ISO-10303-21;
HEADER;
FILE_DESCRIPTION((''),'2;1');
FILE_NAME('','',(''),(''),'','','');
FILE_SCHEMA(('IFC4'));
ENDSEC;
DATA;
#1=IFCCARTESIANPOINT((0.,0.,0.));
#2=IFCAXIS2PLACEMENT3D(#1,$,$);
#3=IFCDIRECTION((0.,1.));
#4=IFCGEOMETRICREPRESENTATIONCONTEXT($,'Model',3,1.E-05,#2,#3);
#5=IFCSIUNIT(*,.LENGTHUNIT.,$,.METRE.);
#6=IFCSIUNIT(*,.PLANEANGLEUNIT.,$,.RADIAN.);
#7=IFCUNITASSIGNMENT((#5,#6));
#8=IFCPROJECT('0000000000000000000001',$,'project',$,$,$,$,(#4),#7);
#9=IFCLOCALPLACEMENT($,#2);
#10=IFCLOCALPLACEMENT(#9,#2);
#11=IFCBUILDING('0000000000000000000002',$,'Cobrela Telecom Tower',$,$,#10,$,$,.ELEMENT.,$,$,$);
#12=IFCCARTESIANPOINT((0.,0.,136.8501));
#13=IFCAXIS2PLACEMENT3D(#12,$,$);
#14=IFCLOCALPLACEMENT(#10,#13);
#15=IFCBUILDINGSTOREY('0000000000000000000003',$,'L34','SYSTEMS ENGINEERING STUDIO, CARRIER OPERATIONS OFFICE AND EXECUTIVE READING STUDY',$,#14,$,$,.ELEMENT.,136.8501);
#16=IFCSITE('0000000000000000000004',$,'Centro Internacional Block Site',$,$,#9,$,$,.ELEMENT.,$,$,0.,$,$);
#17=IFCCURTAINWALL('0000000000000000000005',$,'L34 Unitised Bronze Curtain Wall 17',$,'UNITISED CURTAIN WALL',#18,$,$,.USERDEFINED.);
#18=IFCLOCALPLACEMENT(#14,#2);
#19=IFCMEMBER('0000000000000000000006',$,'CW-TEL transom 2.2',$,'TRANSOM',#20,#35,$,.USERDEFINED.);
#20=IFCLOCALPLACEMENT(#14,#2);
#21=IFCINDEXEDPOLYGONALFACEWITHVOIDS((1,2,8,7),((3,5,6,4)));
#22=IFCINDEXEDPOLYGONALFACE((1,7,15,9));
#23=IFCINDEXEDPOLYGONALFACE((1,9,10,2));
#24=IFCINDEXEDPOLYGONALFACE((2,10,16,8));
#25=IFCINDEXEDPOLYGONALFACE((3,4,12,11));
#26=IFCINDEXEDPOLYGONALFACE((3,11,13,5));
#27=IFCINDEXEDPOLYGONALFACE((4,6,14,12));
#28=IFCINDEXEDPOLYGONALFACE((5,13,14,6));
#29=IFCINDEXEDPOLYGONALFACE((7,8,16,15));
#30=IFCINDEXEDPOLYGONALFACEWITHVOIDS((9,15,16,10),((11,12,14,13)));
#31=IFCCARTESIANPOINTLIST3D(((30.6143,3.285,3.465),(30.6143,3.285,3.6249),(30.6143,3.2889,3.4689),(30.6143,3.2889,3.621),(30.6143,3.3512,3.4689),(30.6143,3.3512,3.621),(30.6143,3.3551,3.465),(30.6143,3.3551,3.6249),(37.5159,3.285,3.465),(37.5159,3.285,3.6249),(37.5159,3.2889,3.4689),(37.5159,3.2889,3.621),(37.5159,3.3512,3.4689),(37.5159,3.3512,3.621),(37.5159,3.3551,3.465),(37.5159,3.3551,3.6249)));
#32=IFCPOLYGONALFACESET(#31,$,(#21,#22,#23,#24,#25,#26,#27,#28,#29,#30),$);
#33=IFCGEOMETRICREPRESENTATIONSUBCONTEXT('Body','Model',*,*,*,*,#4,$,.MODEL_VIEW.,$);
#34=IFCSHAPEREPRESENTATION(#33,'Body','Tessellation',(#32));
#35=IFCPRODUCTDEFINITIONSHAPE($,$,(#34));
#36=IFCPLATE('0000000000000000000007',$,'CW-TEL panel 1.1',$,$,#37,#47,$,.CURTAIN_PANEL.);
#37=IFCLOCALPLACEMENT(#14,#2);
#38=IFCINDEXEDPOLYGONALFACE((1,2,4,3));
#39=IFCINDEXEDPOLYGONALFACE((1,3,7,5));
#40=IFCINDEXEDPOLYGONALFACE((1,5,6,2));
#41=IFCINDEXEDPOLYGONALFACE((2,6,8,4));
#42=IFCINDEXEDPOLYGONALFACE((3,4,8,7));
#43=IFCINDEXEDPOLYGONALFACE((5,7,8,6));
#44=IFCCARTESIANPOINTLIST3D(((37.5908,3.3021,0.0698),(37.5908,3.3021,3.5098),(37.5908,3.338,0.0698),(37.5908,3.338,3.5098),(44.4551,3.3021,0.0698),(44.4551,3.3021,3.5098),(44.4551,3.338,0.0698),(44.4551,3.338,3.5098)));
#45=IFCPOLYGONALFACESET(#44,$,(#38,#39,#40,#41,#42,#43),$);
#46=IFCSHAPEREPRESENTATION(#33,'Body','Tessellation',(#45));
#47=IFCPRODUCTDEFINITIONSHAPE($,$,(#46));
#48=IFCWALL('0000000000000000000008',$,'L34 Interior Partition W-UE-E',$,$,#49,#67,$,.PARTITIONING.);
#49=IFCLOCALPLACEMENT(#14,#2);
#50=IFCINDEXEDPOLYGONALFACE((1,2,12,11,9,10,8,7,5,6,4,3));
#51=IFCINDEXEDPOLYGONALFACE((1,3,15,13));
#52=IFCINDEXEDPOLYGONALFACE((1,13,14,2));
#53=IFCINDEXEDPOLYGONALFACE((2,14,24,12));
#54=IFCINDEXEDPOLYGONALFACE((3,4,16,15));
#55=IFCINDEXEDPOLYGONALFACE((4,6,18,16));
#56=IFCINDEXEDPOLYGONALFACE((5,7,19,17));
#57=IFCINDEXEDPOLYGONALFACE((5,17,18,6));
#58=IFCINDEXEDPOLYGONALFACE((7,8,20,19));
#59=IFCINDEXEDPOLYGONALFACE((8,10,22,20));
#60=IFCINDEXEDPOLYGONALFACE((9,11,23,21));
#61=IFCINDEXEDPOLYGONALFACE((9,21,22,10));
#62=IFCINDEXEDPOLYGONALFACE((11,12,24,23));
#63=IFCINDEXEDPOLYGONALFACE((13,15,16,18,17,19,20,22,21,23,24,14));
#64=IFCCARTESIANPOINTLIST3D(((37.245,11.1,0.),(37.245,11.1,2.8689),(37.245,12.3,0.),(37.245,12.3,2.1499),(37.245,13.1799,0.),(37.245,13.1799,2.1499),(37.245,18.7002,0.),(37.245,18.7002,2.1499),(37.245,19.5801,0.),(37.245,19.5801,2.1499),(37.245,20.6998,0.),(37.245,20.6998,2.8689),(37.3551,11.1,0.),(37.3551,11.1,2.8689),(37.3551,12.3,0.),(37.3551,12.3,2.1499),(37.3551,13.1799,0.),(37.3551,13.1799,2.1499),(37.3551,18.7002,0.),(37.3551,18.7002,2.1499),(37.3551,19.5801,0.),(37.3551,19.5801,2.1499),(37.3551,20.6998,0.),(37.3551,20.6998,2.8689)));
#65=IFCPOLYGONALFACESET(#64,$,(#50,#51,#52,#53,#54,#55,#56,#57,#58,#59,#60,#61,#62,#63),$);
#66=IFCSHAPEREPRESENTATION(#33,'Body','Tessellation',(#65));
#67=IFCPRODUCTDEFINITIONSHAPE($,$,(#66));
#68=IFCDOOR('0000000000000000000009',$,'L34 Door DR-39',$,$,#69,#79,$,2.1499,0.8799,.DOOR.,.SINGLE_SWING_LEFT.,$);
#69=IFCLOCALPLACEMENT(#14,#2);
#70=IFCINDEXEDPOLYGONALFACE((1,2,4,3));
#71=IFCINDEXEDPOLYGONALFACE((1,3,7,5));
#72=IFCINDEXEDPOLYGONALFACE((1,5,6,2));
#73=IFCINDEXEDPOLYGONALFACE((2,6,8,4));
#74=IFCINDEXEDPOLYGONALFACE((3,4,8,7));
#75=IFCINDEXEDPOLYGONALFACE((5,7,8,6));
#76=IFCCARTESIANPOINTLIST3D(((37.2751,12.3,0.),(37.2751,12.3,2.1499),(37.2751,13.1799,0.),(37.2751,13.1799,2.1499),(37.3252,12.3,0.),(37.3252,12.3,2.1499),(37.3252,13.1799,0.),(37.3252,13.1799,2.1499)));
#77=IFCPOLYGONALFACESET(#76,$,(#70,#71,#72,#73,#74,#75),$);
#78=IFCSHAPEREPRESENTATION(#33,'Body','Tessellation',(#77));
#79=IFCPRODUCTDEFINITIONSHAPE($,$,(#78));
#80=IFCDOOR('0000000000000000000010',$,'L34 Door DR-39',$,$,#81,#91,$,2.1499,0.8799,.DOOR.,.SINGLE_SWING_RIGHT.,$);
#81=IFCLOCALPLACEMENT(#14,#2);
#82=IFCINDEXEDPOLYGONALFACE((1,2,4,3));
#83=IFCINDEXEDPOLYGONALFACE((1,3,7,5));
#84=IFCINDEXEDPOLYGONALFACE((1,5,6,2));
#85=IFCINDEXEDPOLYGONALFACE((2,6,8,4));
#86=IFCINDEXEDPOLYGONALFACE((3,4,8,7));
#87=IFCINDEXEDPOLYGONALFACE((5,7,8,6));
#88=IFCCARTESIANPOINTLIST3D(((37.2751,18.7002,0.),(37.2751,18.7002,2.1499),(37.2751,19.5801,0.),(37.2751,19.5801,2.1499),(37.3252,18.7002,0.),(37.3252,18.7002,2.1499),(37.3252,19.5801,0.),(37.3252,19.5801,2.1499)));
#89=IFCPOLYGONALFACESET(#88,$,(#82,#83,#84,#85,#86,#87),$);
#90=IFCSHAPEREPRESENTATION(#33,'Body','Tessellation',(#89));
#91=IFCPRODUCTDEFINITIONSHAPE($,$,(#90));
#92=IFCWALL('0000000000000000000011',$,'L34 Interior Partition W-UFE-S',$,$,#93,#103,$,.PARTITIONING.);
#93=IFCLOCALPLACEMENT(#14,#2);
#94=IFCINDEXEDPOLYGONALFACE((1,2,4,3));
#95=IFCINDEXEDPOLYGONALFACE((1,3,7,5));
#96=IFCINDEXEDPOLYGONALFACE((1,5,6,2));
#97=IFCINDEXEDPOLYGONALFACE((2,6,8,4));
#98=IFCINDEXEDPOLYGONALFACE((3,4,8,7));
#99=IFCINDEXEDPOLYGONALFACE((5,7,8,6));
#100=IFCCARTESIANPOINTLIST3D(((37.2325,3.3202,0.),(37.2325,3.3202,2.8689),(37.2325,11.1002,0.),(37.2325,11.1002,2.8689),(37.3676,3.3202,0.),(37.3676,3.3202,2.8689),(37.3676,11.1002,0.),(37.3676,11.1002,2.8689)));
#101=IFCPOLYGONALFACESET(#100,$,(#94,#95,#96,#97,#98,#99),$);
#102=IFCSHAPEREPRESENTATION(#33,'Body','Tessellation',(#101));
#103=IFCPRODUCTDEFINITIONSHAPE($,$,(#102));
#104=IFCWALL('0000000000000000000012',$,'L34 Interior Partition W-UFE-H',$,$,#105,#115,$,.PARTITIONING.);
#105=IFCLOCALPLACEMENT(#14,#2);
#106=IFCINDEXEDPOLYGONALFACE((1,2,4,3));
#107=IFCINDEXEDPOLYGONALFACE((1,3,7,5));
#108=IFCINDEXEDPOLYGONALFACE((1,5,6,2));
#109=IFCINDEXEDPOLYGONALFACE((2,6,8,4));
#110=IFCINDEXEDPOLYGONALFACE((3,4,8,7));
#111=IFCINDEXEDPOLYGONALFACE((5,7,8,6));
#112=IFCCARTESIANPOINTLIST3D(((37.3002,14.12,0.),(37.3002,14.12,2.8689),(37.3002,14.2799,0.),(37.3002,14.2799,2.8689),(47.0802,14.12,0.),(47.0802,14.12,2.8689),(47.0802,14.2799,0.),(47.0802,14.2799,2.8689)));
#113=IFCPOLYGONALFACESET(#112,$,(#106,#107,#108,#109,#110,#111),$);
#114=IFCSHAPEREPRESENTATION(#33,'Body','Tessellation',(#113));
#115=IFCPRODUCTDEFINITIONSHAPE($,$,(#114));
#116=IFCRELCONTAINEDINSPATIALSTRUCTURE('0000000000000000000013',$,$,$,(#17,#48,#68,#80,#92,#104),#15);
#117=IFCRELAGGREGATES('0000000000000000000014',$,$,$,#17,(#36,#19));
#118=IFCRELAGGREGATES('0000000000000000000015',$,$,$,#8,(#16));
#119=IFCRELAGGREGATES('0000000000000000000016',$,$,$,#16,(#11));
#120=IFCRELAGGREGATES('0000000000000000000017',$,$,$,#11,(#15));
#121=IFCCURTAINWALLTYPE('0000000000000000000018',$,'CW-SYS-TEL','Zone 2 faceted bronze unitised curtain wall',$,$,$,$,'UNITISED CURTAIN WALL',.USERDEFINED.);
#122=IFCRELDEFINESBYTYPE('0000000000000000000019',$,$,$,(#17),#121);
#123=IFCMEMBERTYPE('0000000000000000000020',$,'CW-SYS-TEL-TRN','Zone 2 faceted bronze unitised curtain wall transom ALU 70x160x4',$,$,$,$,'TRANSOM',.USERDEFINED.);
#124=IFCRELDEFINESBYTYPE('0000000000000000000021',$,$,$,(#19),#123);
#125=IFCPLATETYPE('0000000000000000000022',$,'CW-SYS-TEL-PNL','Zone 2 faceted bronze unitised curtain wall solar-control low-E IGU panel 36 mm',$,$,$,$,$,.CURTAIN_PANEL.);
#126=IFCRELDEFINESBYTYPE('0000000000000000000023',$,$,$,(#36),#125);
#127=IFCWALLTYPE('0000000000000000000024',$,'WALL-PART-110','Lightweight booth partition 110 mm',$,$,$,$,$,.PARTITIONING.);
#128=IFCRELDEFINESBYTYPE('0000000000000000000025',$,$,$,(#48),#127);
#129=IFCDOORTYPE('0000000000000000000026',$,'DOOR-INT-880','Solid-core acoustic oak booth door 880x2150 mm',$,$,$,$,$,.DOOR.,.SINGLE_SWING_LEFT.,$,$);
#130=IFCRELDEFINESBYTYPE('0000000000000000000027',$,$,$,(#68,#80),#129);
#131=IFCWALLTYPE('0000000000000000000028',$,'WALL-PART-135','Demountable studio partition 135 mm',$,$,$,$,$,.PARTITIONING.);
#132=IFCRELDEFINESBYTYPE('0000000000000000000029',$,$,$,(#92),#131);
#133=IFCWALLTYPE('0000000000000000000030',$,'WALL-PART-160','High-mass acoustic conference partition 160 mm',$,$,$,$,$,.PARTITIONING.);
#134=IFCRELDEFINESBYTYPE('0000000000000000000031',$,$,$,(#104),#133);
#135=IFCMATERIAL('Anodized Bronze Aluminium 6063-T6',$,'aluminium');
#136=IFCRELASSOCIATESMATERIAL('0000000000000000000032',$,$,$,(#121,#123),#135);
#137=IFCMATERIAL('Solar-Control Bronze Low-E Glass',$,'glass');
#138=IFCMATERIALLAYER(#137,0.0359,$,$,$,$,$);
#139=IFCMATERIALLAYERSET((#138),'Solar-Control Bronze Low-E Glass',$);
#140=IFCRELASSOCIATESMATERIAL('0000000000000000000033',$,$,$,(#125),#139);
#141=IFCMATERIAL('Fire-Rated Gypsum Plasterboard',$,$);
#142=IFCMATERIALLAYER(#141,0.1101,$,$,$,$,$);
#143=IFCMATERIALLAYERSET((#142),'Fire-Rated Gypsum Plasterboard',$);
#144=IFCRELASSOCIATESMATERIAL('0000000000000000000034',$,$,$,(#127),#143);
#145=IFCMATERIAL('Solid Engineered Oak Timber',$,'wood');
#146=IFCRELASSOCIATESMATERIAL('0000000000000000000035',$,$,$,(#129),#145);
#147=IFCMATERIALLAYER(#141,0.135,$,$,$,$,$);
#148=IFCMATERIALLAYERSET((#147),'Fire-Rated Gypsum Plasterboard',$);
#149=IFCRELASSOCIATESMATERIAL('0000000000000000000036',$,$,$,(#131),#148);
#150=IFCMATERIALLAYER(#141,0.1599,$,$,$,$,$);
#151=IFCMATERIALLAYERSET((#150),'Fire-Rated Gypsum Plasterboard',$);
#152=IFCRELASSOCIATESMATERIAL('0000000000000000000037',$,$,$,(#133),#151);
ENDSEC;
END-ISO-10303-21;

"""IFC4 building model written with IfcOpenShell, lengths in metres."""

from ifc_helpers import new_model, si_unit, direction, frame, frame_2d, origin, origin_2d, place, context, subcontext, project, spatial, rectangle, hollow_rectangle, extrude, material, layer, layer_set, material_profile, profile_set, type_object, element, fill, aggregate, save


model = new_model("IFC4")

# Units and contexts
model_context = context("Model", 3, precision=1e-05, world=origin(), true_north=direction((0.0, 1.0)))
body_context = subcontext(model_context, "Body", "Model", "MODEL_VIEW")
ifc_project = project(units=[si_unit("LENGTHUNIT", "METRE"), si_unit("PLANEANGLEUNIT", "RADIAN")], contexts=[model_context])

# Site, building, storey
site_placement = place(None, origin())
site = spatial("IfcSite", under=ifc_project, at=site_placement, Name="Centro Internacional Block Site", CompositionType="ELEMENT", RefElevation=0.0)
building_placement = place(site_placement, origin())
building = spatial("IfcBuilding", under=site, at=building_placement, Name="Cobrela Telecom Tower", CompositionType="ELEMENT")
storey_placement = place(building_placement, frame((0.0, 0.0, 136.8501)))
storey = spatial("IfcBuildingStorey", under=building, at=storey_placement, Name="L34", Description="SYSTEMS ENGINEERING STUDIO, CARRIER OPERATIONS OFFICE AND EXECUTIVE READING STUDY", CompositionType="ELEMENT", Elevation=136.8501)

# Curtain wall, member, plate
ifc_material_1 = material(Name="Anodized Bronze Aluminium 6063-T6", Category="aluminium")
curtain_wall_type = type_object("IfcCurtainWallType", Name="CW-SYS-TEL", Description="Zone 2 faceted bronze unitised curtain wall", ElementType="UNITISED CURTAIN WALL", PredefinedType="USERDEFINED", material=ifc_material_1)
curtain_wall_placement = place(storey_placement, origin())
curtain_wall = element("IfcCurtainWall", 1, at=curtain_wall_placement, inside=storey, type_object=curtain_wall_type, Name="L34 Unitised Bronze Curtain Wall 17", ObjectType="UNITISED CURTAIN WALL", PredefinedType="USERDEFINED")
ifc_material_profile_1 = material_profile(ifc_material_1, hollow_rectangle(XDim=0.0701, YDim=0.1599, WallThickness=0.0039, at=origin_2d()), Name="ALU 70x160x4")
ifc_profile_set_1 = profile_set([ifc_material_profile_1], Name="Anodized Bronze Aluminium 6063-T6")
member_type_1 = type_object("IfcMemberType", Name="CW-SYS-TEL-TRN", Description="Zone 2 faceted bronze unitised curtain wall transom ALU 70x160x4", ElementType="TRANSOM", PredefinedType="USERDEFINED", material=ifc_profile_set_1)
member_1_placement = place(storey_placement, frame((37.5159, 3.3201, 3.5449), z_axis=(-1.0, 0.0, 0.0), x_axis=(0.0, -1.0, 0.0)))
member_1 = element("IfcMember", 2, at=member_1_placement, type_object=member_type_1, Name="CW-TEL transom 2.2", ObjectType="TRANSOM", PredefinedType="USERDEFINED", context=body_context, shape_type="SweptSolid", body=[
    extrude(hollow_rectangle(XDim=0.0701, YDim=0.1599, WallThickness=0.0039, at=origin_2d()), origin(), (0.0, 0.0, 1.0), 6.9016),
])
ifc_material_2 = material(Name="Solar-Control Bronze Low-E Glass", Category="glass")
ifc_layer_1 = layer(ifc_material_2, 0.0359)
ifc_layer_set_1 = layer_set([ifc_layer_1], Name="Solar-Control Bronze Low-E Glass")
plate_type = type_object("IfcPlateType", Name="CW-SYS-TEL-PNL", Description="Zone 2 faceted bronze unitised curtain wall solar-control low-E IGU panel 36 mm", PredefinedType="CURTAIN_PANEL", material=ifc_layer_set_1)
plate_placement = place(storey_placement, frame((41.0229, 3.3201, 0.0698), z_axis=(0.0, 0.0, 1.0), x_axis=(-1.0, 0.0, 0.0)))
plate = element("IfcPlate", 3, at=plate_placement, type_object=plate_type, Name="CW-TEL panel 1.1", PredefinedType="CURTAIN_PANEL", context=body_context, shape_type="SweptSolid", body=[
    extrude(rectangle(XDim=6.8643, YDim=0.0359, at=origin_2d()), origin(), (0.0, 0.0, 1.0), 3.4399),
])
aggregate(curtain_wall, [plate, member_1])

# Wall, openings, doors
ifc_material_3 = material(Name="Fire-Rated Gypsum Plasterboard")
ifc_layer_2 = layer(ifc_material_3, 0.1101)
ifc_layer_set_2 = layer_set([ifc_layer_2], Name="Fire-Rated Gypsum Plasterboard")
wall_type_1 = type_object("IfcWallType", Name="WALL-PART-110", Description="Lightweight booth partition 110 mm", PredefinedType="PARTITIONING", material=ifc_layer_set_2)
wall_1_placement = place(storey_placement, frame((37.3, 11.1001, 0.0), z_axis=(0.0, 0.0, 1.0), x_axis=(0.0, 1.0, 0.0)))
wall_1 = element("IfcWall", 4, at=wall_1_placement, inside=storey, type_object=wall_type_1, Name="L34 Interior Partition W-UE-E", PredefinedType="PARTITIONING", context=body_context, shape_type="SweptSolid", body=[
    extrude(rectangle(XDim=9.5999, YDim=0.1101, at=frame_2d((4.7998, 0.0))), origin(), (0.0, 0.0, 1.0), 2.8689),
])
opening_1_placement = place(wall_1_placement, frame((1.2, 0.0, 0.0)))
opening_1 = element("IfcOpeningElement", 5, at=opening_1_placement, cuts=wall_1, PredefinedType="OPENING", context=body_context, shape_type="SweptSolid", body=[
    extrude(rectangle(XDim=0.8799, YDim=2.1499, at=frame_2d((0.4399, 1.075))), frame((0.0, 0.0669, 0.0), z_axis=(0.0, -1.0, 0.0), x_axis=(1.0, 0.0, 0.0)), (0.0, 0.0, 1.0), 0.134),
])
opening_2_placement = place(wall_1_placement, frame((7.6001, 0.0, 0.0)))
opening_2 = element("IfcOpeningElement", 6, at=opening_2_placement, cuts=wall_1, PredefinedType="OPENING", context=body_context, shape_type="SweptSolid", body=[
    extrude(rectangle(XDim=0.8799, YDim=2.1499, at=frame_2d((0.4399, 1.075))), frame((0.0, 0.0669, 0.0), z_axis=(0.0, -1.0, 0.0), x_axis=(1.0, 0.0, 0.0)), (0.0, 0.0, 1.0), 0.134),
])
ifc_material_4 = material(Name="Solid Engineered Oak Timber", Category="wood")
door_type = type_object("IfcDoorType", Name="DOOR-INT-880", Description="Solid-core acoustic oak booth door 880x2150 mm", OperationType="SINGLE_SWING_LEFT", PredefinedType="DOOR", material=ifc_material_4)
door_1_placement = place(opening_1_placement, origin())
door_1 = element("IfcDoor", 7, at=door_1_placement, inside=storey, type_object=door_type, Name="L34 Door DR-39", OperationType="SINGLE_SWING_LEFT", OverallHeight=2.1499, OverallWidth=0.8799, PredefinedType="DOOR", context=body_context, shape_type="SweptSolid", body=[
    extrude(rectangle(XDim=0.8799, YDim=2.1499, at=frame_2d((0.4399, 1.075))), frame((0.0, 0.0249, 0.0), z_axis=(0.0, -1.0, 0.0), x_axis=(1.0, 0.0, 0.0)), (0.0, 0.0, 1.0), 0.05),
])
fill(opening_1, door_1)
door_2_placement = place(opening_2_placement, origin())
door_2 = element("IfcDoor", 8, at=door_2_placement, inside=storey, type_object=door_type, Name="L34 Door DR-39", OperationType="SINGLE_SWING_RIGHT", OverallHeight=2.1499, OverallWidth=0.8799, PredefinedType="DOOR", context=body_context, shape_type="SweptSolid", body=[
    extrude(rectangle(XDim=0.8799, YDim=2.1499, at=frame_2d((0.4399, 1.075))), frame((0.0, 0.0249, 0.0), z_axis=(0.0, -1.0, 0.0), x_axis=(1.0, 0.0, 0.0)), (0.0, 0.0, 1.0), 0.05),
])
fill(opening_2, door_2)

# Walls
ifc_layer_3 = layer(ifc_material_3, 0.135)
ifc_layer_set_3 = layer_set([ifc_layer_3], Name="Fire-Rated Gypsum Plasterboard")
wall_type_2 = type_object("IfcWallType", Name="WALL-PART-135", Description="Demountable studio partition 135 mm", PredefinedType="PARTITIONING", material=ifc_layer_set_3)
wall_2_placement = place(storey_placement, frame((37.3, 3.3201, 0.0), z_axis=(0.0, 0.0, 1.0), x_axis=(0.0, 1.0, 0.0)))
element("IfcWall", 9, at=wall_2_placement, inside=storey, type_object=wall_type_2, Name="L34 Interior Partition W-UFE-S", PredefinedType="PARTITIONING", context=body_context, shape_type="SweptSolid", body=[
    extrude(rectangle(XDim=7.78, YDim=0.135, at=frame_2d((3.8901, 0.0))), origin(), (0.0, 0.0, 1.0), 2.8689),
])
ifc_layer_4 = layer(ifc_material_3, 0.1599)
ifc_layer_set_4 = layer_set([ifc_layer_4], Name="Fire-Rated Gypsum Plasterboard")
wall_type_3 = type_object("IfcWallType", Name="WALL-PART-160", Description="High-mass acoustic conference partition 160 mm", PredefinedType="PARTITIONING", material=ifc_layer_set_4)
wall_3_placement = place(storey_placement, frame((37.3, 14.2, 0.0), z_axis=(0.0, 0.0, 1.0), x_axis=(1.0, 0.0, 0.0)))
element("IfcWall", 10, at=wall_3_placement, inside=storey, type_object=wall_type_3, Name="L34 Interior Partition W-UFE-H", PredefinedType="PARTITIONING", context=body_context, shape_type="SweptSolid", body=[
    extrude(rectangle(XDim=9.78, YDim=0.1599, at=frame_2d((4.8901, 0.0))), origin(), (0.0, 0.0, 1.0), 2.8689),
])

save(model, "model.ifc")
